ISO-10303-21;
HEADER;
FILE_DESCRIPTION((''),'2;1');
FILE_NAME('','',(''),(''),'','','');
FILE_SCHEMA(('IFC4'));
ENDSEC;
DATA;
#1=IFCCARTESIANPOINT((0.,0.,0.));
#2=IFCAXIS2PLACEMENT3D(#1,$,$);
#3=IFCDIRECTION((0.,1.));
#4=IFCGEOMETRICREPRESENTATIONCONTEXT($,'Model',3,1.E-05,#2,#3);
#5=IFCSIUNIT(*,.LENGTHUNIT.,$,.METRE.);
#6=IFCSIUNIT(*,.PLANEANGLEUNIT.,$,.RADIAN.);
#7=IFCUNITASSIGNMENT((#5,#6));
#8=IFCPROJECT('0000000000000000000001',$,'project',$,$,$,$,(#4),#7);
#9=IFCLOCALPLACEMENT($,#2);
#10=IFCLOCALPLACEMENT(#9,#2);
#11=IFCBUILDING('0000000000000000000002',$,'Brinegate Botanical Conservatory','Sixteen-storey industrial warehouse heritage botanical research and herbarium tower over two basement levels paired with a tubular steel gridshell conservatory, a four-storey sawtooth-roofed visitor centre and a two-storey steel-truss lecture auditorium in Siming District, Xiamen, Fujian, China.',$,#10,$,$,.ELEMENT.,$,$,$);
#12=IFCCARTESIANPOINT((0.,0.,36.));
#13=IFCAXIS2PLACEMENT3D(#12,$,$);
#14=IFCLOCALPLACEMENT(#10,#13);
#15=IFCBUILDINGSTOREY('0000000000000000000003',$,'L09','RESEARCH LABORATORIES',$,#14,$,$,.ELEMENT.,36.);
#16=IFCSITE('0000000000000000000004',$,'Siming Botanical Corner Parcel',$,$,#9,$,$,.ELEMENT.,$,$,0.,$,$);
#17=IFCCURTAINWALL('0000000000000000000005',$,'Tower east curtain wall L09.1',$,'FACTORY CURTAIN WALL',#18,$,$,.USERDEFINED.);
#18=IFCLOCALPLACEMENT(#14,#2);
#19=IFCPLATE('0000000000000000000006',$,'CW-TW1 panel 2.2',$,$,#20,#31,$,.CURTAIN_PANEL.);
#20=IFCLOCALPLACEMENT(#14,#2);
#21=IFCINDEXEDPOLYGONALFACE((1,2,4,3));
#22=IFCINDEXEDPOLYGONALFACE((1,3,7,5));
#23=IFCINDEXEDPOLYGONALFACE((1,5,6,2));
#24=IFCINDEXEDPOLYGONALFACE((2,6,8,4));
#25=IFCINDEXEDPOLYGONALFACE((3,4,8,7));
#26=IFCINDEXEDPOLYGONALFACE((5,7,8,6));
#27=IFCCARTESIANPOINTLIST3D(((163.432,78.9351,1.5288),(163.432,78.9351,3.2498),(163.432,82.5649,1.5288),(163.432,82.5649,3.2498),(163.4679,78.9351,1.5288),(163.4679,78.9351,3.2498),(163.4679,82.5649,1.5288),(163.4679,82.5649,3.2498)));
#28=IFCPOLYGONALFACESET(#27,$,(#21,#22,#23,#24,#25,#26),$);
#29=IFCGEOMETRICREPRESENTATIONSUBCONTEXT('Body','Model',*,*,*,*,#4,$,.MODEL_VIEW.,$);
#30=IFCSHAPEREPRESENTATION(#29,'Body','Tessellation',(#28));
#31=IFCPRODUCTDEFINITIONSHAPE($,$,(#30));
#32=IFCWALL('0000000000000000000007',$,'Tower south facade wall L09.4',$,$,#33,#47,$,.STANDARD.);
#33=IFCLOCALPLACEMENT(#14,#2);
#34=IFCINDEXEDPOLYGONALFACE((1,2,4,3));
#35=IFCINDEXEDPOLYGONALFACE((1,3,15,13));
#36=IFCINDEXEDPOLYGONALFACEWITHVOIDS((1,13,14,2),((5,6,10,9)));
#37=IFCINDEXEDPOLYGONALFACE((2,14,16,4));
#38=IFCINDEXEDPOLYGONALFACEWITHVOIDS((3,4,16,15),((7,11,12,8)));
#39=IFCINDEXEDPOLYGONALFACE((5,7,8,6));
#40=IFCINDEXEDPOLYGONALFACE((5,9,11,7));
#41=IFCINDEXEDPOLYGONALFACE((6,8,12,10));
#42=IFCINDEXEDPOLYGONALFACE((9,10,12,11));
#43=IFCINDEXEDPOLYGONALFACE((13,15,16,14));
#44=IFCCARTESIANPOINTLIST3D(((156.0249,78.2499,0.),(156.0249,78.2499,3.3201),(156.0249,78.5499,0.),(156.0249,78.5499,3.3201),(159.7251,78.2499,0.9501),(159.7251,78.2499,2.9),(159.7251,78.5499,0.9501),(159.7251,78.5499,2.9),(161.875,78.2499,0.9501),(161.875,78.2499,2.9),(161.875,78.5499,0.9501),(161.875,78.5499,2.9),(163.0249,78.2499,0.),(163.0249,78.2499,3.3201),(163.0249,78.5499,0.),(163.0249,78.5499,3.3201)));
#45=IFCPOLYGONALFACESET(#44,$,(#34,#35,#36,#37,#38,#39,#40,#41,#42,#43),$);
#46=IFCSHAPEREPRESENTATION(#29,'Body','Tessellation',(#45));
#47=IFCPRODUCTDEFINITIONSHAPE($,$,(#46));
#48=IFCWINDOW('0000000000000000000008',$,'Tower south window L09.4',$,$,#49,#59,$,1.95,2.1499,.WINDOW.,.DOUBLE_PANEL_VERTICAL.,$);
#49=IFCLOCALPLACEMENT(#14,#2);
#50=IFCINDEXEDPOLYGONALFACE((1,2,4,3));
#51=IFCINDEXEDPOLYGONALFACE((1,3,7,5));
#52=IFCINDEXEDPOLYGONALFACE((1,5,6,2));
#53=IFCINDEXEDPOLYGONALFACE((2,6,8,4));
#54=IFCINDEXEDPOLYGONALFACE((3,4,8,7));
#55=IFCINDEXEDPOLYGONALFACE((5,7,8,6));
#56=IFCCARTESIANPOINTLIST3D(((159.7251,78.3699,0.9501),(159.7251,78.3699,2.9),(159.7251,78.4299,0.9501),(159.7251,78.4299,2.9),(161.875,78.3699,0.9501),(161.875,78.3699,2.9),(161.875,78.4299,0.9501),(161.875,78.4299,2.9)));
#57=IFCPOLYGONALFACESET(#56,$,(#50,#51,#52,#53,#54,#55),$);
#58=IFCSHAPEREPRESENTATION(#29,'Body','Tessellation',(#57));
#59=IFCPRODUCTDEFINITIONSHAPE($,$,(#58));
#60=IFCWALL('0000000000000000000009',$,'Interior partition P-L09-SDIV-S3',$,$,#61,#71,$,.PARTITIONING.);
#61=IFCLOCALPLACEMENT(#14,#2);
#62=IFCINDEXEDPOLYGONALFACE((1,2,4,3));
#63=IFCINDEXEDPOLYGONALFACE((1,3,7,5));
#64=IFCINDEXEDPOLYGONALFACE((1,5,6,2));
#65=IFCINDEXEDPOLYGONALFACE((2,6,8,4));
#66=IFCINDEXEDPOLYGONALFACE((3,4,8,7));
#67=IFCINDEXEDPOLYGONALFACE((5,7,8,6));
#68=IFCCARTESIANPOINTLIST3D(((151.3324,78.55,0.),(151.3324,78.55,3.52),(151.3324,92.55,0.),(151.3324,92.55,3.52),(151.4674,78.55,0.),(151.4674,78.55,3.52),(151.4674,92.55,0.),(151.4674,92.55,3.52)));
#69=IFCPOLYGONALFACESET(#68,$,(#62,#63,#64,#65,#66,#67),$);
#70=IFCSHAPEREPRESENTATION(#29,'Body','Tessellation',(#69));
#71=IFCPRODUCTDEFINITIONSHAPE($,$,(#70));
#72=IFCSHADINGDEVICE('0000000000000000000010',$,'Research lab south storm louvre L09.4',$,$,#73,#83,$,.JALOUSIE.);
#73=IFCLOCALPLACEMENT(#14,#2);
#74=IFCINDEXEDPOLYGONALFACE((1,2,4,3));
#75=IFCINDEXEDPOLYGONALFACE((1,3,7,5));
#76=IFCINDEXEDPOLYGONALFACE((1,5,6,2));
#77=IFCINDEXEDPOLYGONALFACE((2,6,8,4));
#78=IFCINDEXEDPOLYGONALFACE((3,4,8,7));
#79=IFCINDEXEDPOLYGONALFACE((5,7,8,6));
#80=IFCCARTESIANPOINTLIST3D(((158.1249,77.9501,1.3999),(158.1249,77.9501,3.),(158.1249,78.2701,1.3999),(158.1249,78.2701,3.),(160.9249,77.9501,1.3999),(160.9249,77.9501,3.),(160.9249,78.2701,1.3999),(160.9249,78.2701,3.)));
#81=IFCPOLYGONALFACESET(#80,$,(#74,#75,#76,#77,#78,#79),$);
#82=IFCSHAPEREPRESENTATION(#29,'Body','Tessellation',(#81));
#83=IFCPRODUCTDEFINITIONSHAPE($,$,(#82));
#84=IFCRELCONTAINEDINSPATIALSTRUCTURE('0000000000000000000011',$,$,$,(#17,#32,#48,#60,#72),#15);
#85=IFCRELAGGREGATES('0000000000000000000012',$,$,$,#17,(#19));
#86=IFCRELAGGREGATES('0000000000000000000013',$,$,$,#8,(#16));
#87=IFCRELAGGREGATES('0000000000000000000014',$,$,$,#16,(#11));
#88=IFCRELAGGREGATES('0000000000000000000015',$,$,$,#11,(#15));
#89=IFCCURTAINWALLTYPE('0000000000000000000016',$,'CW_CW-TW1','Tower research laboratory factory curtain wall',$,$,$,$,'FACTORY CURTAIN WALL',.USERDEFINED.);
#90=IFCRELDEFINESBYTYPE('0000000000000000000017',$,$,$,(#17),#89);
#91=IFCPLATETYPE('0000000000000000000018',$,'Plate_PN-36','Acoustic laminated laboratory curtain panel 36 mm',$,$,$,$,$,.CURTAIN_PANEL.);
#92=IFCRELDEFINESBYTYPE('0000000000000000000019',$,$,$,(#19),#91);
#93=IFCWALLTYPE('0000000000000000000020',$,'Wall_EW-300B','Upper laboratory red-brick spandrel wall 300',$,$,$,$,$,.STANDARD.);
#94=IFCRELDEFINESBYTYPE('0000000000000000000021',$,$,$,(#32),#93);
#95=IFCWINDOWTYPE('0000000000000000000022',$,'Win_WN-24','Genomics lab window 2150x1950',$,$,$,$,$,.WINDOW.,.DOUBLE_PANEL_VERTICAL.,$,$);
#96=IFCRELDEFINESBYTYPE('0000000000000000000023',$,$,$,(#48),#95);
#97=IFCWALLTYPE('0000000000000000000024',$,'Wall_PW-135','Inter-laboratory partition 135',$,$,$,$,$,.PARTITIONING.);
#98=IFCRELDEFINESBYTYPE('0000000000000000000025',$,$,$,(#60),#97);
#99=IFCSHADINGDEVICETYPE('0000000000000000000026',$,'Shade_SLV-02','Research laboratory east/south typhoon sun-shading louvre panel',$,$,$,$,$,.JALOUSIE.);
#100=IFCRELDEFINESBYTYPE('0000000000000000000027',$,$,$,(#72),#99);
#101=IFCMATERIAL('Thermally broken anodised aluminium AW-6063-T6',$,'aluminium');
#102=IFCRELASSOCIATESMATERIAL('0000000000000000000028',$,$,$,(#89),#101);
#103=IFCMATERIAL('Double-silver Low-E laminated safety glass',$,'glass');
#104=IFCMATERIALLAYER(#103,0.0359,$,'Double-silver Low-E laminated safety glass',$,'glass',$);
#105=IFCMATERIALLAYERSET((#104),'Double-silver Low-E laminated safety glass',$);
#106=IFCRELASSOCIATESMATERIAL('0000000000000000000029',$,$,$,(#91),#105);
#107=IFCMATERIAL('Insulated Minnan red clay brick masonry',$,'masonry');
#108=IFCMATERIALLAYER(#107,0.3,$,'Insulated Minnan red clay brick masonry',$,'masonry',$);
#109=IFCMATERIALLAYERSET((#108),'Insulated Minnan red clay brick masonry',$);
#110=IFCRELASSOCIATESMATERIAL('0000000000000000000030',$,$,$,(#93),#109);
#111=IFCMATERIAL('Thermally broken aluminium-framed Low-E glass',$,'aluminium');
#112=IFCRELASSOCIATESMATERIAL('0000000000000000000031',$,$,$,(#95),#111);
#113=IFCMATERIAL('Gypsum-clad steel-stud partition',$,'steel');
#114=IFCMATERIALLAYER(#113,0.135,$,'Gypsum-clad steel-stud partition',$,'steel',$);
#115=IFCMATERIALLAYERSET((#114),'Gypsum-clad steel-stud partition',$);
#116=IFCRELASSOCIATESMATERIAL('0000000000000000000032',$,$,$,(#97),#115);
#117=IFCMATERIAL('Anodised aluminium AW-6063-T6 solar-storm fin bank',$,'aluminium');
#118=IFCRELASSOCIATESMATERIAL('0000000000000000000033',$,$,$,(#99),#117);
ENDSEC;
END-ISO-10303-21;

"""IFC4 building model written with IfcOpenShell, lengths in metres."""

from ifc_helpers import new_model, si_unit, direction, frame, frame_2d, origin, origin_2d, place, context, subcontext, project, spatial, rectangle, extrude, material, layer, layer_set, type_object, element, fill, aggregate, save


model = new_model("IFC4")

# Units and contexts
model_context = context("Model", 3, precision=1e-05, world=origin(), true_north=direction((0.0, 1.0)))
body_context = subcontext(model_context, "Body", "Model", "MODEL_VIEW")
ifc_project = project(units=[si_unit("LENGTHUNIT", "METRE"), si_unit("PLANEANGLEUNIT", "RADIAN")], contexts=[model_context])

# Site, building, storey
site_placement = place(None, origin())
site = spatial("IfcSite", under=ifc_project, at=site_placement, Name="Siming Botanical Corner Parcel", CompositionType="ELEMENT", RefElevation=0.0)
building_placement = place(site_placement, origin())
building = spatial("IfcBuilding", under=site, at=building_placement, Name="Brinegate Botanical Conservatory", Description="Sixteen-storey industrial warehouse heritage botanical research and herbarium tower over two basement levels paired with a tubular steel gridshell conservatory, a four-storey sawtooth-roofed visitor centre and a two-storey steel-truss lecture auditorium in Siming District, Xiamen, Fujian, China.", CompositionType="ELEMENT")
storey_placement = place(building_placement, frame((0.0, 0.0, 36.0)))
storey = spatial("IfcBuildingStorey", under=building, at=storey_placement, Name="L09", Description="RESEARCH LABORATORIES", CompositionType="ELEMENT", Elevation=36.0)

# Curtain wall
ifc_material_1 = material(Name="Thermally broken anodised aluminium AW-6063-T6", Category="aluminium")
curtain_wall_type = type_object("IfcCurtainWallType", Name="CW_CW-TW1", Description="Tower research laboratory factory curtain wall", ElementType="FACTORY CURTAIN WALL", PredefinedType="USERDEFINED", material=ifc_material_1)
curtain_wall_1_placement = place(storey_placement, origin())
curtain_wall_1 = element("IfcCurtainWall", 1, at=curtain_wall_1_placement, inside=storey, type_object=curtain_wall_type, Name="Tower east curtain wall L09.1", ObjectType="FACTORY CURTAIN WALL", PredefinedType="USERDEFINED")

# Plate
ifc_material_2 = material(Name="Double-silver Low-E laminated safety glass", Category="glass")
ifc_layer_1 = layer(ifc_material_2, 0.0359, Name="Double-silver Low-E laminated safety glass", Category="glass")
ifc_layer_set_1 = layer_set([ifc_layer_1], Name="Double-silver Low-E laminated safety glass")
plate_type = type_object("IfcPlateType", Name="Plate_PN-36", Description="Acoustic laminated laboratory curtain panel 36 mm", PredefinedType="CURTAIN_PANEL", material=ifc_layer_set_1)
plate_1_placement = place(storey_placement, frame((163.45, 80.75, 1.5288), z_axis=(0.0, 0.0, 1.0), x_axis=(0.0, -1.0, 0.0)))
plate_1 = element("IfcPlate", 2, at=plate_1_placement, type_object=plate_type, Name="CW-TW1 panel 2.2", PredefinedType="CURTAIN_PANEL", context=body_context, shape_type="SweptSolid", body=[
    extrude(rectangle(XDim=3.6299, YDim=0.0359, at=origin_2d()), origin(), (0.0, 0.0, 1.0), 1.7209),
])
aggregate(curtain_wall_1, [plate_1])

# Wall, opening, window
ifc_material_3 = material(Name="Insulated Minnan red clay brick masonry", Category="masonry")
ifc_layer_2 = layer(ifc_material_3, 0.3, Name="Insulated Minnan red clay brick masonry", Category="masonry")
ifc_layer_set_2 = layer_set([ifc_layer_2], Name="Insulated Minnan red clay brick masonry")
wall_type_1 = type_object("IfcWallType", Name="Wall_EW-300B", Description="Upper laboratory red-brick spandrel wall 300", PredefinedType="STANDARD", material=ifc_layer_set_2)
wall_1_placement = place(storey_placement, frame((163.0249, 78.3999, 0.0), z_axis=(0.0, 0.0, 1.0), x_axis=(-1.0, 0.0, 0.0)))
wall_1 = element("IfcWall", 3, at=wall_1_placement, inside=storey, type_object=wall_type_1, Name="Tower south facade wall L09.4", PredefinedType="STANDARD", context=body_context, shape_type="SweptSolid", body=[
    extrude(rectangle(XDim=7.0, YDim=0.3, at=frame_2d((3.5, 0.0))), origin(), (0.0, 0.0, 1.0), 3.3201),
])
opening_placement = place(wall_1_placement, frame((1.1499, 0.0, 0.95)))
opening = element("IfcOpeningElement", 4, at=opening_placement, cuts=wall_1, PredefinedType="OPENING", context=body_context, shape_type="SweptSolid", body=[
    extrude(rectangle(XDim=2.1499, YDim=1.95, at=frame_2d((1.075, 0.9751))), frame((0.0, 0.1599, 0.0), z_axis=(0.0, -1.0, 0.0), x_axis=(1.0, 0.0, 0.0)), (0.0, 0.0, 1.0), 0.3201),
])
ifc_material_4 = material(Name="Thermally broken aluminium-framed Low-E glass", Category="aluminium")
window_type = type_object("IfcWindowType", Name="Win_WN-24", Description="Genomics lab window 2150x1950", PartitioningType="DOUBLE_PANEL_VERTICAL", PredefinedType="WINDOW", material=ifc_material_4)
window_placement = place(opening_placement, origin())
window = element("IfcWindow", 5, at=window_placement, inside=storey, type_object=window_type, Name="Tower south window L09.4", OverallHeight=1.95, OverallWidth=2.1499, PartitioningType="DOUBLE_PANEL_VERTICAL", PredefinedType="WINDOW", context=body_context, shape_type="SweptSolid", body=[
    extrude(rectangle(XDim=2.1499, YDim=1.95, at=frame_2d((1.075, 0.9751))), frame((0.0, 0.03, 0.0), z_axis=(0.0, -1.0, 0.0), x_axis=(1.0, 0.0, 0.0)), (0.0, 0.0, 1.0), 0.0601),
])
fill(opening, window)

# Wall
ifc_material_5 = material(Name="Gypsum-clad steel-stud partition", Category="steel")
ifc_layer_3 = layer(ifc_material_5, 0.135, Name="Gypsum-clad steel-stud partition", Category="steel")
ifc_layer_set_3 = layer_set([ifc_layer_3], Name="Gypsum-clad steel-stud partition")
wall_type_2 = type_object("IfcWallType", Name="Wall_PW-135", Description="Inter-laboratory partition 135", PredefinedType="PARTITIONING", material=ifc_layer_set_3)
wall_2_placement = place(storey_placement, frame((151.3999, 78.55, 0.0), z_axis=(0.0, 0.0, 1.0), x_axis=(0.0, 1.0, 0.0)))
element("IfcWall", 6, at=wall_2_placement, inside=storey, type_object=wall_type_2, Name="Interior partition P-L09-SDIV-S3", PredefinedType="PARTITIONING", context=body_context, shape_type="SweptSolid", body=[
    extrude(rectangle(XDim=14.0, YDim=0.135, at=frame_2d((7.0, 0.0))), origin(), (0.0, 0.0, 1.0), 3.52),
])

# Shading device
ifc_material_6 = material(Name="Anodised aluminium AW-6063-T6 solar-storm fin bank", Category="aluminium")
shading_device_type = type_object("IfcShadingDeviceType", Name="Shade_SLV-02", Description="Research laboratory east/south typhoon sun-shading louvre panel", PredefinedType="JALOUSIE", material=ifc_material_6)
shading_device_placement = place(storey_placement, frame((159.5249, 78.1101, 1.3999), z_axis=(0.0, 0.0, 1.0), x_axis=(1.0, 0.0, 0.0)))
element("IfcShadingDevice", 7, at=shading_device_placement, inside=storey, type_object=shading_device_type, Name="Research lab south storm louvre L09.4", PredefinedType="JALOUSIE", context=body_context, shape_type="SweptSolid", body=[
    extrude(rectangle(XDim=2.8, YDim=0.3201, at=origin_2d()), origin(), (0.0, 0.0, 1.0), 1.6001),
])

save(model, "model.ifc")
